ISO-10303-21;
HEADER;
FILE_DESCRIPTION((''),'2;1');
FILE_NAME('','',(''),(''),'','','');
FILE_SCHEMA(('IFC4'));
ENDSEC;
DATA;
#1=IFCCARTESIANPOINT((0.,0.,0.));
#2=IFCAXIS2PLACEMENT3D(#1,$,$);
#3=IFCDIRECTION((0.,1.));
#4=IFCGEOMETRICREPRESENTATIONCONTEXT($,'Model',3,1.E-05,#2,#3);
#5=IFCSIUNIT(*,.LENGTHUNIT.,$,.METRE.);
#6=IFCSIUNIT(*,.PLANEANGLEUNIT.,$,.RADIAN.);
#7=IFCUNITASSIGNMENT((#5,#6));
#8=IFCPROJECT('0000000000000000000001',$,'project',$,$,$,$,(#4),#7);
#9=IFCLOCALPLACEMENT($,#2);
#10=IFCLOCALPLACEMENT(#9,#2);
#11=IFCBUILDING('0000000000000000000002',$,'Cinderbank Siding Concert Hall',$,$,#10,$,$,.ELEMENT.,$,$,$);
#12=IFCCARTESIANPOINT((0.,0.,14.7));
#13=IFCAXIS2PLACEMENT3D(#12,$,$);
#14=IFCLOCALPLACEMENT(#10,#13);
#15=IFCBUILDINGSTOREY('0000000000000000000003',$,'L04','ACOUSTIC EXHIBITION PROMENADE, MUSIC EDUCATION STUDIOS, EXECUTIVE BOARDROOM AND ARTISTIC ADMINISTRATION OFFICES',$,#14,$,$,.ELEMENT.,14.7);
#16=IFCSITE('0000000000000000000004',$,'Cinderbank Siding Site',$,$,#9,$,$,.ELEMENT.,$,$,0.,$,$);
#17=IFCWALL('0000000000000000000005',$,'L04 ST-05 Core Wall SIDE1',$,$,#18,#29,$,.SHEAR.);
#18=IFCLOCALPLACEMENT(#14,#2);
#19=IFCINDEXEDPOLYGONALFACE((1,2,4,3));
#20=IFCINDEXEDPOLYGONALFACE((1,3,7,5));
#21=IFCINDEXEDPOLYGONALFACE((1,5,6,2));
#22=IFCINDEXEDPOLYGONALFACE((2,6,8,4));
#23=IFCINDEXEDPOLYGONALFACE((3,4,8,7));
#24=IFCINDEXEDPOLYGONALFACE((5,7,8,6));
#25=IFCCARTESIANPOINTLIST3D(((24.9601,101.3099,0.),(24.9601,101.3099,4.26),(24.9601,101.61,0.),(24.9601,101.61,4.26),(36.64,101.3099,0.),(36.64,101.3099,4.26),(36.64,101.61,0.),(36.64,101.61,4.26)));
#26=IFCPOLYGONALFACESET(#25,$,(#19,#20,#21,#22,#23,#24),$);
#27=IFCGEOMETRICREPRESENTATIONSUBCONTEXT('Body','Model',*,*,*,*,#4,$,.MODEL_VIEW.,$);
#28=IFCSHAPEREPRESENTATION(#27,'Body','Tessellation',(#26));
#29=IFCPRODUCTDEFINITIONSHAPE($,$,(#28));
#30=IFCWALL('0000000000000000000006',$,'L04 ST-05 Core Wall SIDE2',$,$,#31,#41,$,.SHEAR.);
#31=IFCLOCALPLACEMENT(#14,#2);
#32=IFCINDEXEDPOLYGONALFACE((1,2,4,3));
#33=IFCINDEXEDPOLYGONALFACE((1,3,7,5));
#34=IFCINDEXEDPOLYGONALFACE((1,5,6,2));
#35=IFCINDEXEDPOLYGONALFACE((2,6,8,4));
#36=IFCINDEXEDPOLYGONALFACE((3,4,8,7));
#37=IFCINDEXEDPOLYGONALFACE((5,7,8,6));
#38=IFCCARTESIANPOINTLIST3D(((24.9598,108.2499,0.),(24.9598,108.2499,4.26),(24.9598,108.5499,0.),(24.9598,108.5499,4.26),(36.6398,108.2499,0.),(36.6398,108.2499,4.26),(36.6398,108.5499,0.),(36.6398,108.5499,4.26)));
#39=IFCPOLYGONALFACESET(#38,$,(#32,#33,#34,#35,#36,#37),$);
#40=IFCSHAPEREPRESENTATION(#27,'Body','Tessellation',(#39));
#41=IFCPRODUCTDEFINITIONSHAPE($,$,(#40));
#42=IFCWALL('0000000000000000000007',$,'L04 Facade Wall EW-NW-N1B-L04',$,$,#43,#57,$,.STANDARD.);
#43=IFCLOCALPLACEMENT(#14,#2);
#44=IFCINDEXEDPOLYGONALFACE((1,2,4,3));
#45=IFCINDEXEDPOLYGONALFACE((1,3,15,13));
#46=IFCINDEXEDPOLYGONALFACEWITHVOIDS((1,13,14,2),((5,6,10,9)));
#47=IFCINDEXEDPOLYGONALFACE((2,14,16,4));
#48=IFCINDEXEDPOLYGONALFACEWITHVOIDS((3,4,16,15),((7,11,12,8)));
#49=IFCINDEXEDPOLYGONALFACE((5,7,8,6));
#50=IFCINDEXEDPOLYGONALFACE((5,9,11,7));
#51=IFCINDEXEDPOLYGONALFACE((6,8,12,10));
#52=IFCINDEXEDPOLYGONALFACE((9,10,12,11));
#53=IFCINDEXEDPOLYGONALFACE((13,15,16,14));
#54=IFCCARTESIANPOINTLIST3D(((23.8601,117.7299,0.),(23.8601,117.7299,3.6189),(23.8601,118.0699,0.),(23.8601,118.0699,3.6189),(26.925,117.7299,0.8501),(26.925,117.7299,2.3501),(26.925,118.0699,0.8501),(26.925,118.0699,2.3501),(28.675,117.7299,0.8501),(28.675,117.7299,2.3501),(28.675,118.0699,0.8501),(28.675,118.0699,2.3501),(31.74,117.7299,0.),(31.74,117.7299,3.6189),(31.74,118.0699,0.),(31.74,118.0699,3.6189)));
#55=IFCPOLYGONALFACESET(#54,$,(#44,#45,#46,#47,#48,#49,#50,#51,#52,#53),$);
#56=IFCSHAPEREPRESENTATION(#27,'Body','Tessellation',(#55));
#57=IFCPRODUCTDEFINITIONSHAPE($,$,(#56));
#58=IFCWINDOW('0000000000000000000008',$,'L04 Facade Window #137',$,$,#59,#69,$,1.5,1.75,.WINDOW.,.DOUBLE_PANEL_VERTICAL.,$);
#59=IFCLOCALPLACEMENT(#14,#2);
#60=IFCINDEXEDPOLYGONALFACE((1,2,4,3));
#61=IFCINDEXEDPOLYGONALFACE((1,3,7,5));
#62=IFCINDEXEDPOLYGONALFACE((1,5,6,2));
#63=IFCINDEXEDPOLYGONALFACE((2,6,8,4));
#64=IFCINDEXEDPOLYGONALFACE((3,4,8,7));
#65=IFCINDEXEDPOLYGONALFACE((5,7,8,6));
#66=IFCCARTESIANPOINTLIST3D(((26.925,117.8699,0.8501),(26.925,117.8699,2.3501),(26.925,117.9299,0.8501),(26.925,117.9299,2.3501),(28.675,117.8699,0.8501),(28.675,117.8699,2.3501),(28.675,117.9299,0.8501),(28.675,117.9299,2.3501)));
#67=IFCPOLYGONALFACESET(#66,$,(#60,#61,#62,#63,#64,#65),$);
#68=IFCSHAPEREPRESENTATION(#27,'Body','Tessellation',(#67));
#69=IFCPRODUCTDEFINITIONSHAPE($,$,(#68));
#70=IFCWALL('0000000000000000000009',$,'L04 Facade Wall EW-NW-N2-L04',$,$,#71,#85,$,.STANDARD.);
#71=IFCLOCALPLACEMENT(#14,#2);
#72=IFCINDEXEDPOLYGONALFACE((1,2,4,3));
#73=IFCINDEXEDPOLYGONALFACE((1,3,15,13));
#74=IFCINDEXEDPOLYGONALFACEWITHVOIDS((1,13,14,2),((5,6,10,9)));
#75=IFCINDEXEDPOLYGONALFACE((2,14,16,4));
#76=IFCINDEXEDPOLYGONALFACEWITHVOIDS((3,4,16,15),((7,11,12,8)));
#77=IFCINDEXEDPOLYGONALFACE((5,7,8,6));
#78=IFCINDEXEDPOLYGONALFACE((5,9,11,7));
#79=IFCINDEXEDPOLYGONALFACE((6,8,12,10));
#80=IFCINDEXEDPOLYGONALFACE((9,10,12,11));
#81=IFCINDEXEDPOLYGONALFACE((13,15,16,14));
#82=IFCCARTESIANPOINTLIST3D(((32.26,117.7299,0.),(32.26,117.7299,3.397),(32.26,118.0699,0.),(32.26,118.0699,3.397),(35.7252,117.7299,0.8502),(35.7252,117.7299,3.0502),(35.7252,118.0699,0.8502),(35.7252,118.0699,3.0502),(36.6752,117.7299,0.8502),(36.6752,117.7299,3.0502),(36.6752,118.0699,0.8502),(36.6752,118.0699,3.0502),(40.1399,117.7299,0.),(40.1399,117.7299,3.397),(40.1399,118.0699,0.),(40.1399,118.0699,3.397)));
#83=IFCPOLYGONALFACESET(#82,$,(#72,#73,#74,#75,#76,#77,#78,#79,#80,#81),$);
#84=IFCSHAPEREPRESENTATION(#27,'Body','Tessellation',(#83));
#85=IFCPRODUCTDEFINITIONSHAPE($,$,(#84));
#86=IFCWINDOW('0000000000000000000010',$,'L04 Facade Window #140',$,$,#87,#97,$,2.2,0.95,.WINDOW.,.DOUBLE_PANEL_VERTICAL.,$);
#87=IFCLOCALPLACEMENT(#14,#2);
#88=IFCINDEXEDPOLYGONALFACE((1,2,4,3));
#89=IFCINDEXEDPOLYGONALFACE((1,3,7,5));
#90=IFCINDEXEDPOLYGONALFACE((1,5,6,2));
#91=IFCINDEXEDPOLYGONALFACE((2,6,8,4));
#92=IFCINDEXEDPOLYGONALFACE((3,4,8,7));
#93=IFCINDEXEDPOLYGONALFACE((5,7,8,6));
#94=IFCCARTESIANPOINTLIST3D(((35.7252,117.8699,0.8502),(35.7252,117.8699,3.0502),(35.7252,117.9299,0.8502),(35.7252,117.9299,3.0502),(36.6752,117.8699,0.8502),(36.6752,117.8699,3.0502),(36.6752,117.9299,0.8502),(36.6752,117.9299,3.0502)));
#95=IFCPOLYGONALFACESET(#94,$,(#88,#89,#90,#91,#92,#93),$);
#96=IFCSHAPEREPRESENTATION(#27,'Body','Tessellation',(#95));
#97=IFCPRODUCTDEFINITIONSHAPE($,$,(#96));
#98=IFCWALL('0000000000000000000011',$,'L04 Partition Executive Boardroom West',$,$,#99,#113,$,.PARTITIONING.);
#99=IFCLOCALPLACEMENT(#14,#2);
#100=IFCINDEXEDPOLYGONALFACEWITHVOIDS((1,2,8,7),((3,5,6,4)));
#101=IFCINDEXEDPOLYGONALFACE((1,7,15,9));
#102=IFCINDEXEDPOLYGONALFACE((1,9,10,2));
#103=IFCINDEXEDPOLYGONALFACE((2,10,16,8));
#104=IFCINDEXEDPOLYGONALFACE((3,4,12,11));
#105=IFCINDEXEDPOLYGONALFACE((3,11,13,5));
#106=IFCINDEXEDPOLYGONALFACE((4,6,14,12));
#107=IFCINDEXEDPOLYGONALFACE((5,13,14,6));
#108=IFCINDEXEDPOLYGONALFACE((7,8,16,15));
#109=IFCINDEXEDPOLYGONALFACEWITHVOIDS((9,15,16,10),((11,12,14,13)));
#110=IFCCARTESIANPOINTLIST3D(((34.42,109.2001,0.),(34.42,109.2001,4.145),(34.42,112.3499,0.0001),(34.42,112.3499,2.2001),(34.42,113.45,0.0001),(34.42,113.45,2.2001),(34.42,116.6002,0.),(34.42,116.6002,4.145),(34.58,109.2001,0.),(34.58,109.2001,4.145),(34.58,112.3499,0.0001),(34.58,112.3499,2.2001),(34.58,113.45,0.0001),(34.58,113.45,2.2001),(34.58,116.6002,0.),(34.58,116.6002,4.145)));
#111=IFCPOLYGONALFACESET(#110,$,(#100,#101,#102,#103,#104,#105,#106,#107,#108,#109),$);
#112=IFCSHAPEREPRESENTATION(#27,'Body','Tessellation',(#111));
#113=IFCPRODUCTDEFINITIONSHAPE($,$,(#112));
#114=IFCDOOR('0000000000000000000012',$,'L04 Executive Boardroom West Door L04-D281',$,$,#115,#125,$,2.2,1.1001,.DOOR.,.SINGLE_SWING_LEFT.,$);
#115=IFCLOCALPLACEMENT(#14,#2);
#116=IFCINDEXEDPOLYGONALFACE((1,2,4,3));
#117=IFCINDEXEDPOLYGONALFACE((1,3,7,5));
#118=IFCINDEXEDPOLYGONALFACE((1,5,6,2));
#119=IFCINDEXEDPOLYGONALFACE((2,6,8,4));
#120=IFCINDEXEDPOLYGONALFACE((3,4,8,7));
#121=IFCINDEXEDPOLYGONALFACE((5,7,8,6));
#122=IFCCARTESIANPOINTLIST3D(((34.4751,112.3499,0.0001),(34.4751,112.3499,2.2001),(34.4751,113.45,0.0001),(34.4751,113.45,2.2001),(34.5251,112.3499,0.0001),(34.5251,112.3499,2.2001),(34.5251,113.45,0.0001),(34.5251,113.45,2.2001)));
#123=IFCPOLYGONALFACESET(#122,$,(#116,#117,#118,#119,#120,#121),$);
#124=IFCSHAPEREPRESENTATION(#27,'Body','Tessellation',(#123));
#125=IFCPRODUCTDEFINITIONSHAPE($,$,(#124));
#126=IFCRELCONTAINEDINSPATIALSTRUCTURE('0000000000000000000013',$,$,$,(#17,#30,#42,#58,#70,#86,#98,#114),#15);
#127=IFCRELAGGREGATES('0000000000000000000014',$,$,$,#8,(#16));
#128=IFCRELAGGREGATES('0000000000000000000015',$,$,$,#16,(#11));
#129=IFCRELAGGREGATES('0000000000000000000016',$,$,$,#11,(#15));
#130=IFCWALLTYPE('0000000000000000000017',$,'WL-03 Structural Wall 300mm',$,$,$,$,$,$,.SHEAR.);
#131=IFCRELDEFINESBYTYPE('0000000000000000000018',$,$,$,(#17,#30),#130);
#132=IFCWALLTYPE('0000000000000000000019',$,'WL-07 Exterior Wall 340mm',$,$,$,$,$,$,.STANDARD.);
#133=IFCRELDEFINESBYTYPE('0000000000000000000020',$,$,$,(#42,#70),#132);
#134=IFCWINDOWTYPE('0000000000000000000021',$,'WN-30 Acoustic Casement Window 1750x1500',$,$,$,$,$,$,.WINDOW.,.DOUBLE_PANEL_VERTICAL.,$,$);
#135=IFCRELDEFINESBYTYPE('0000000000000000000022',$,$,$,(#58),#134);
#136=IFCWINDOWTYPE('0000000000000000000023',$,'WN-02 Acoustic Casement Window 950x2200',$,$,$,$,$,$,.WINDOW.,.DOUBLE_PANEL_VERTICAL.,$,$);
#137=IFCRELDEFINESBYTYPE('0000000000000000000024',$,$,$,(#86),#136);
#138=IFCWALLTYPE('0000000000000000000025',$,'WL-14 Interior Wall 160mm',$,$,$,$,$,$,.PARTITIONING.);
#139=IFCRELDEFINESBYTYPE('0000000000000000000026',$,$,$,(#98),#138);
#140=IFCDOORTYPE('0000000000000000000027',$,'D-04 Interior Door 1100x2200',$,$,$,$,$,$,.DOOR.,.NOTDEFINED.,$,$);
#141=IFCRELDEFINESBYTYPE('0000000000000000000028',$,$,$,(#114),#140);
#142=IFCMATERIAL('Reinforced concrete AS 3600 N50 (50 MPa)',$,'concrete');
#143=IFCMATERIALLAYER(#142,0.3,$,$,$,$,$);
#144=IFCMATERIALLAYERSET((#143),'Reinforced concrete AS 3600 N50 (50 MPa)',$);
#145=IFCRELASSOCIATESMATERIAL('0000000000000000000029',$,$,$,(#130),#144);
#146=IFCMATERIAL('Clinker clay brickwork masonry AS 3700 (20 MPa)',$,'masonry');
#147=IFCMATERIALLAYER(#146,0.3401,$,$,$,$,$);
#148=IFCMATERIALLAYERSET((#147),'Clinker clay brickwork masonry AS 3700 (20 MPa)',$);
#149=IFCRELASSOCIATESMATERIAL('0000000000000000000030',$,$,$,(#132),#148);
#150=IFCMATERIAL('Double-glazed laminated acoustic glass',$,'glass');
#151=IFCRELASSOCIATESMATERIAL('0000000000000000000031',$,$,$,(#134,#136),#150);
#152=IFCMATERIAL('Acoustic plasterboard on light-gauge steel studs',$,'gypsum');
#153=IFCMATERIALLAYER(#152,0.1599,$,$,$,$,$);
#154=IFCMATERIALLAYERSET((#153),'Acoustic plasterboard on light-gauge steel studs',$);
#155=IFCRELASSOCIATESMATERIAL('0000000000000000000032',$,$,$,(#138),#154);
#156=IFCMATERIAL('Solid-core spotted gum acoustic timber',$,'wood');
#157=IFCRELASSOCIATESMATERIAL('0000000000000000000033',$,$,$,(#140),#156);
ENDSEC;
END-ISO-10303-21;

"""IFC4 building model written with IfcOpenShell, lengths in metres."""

from ifc_helpers import new_model, si_unit, direction, frame, frame_2d, origin, place, context, subcontext, project, spatial, rectangle, extrude, material, layer, layer_set, type_object, element, fill, save


model = new_model("IFC4")

# Units and contexts
model_context = context("Model", 3, precision=1e-05, world=origin(), true_north=direction((0.0, 1.0)))
body_context = subcontext(model_context, "Body", "Model", "MODEL_VIEW")
ifc_project = project(units=[si_unit("LENGTHUNIT", "METRE"), si_unit("PLANEANGLEUNIT", "RADIAN")], contexts=[model_context])

# Site, building, storey
site_placement = place(None, origin())
site = spatial("IfcSite", under=ifc_project, at=site_placement, Name="Cinderbank Siding Site", CompositionType="ELEMENT", RefElevation=0.0)
building_placement = place(site_placement, origin())
building = spatial("IfcBuilding", under=site, at=building_placement, Name="Cinderbank Siding Concert Hall", CompositionType="ELEMENT")
storey_placement = place(building_placement, frame((0.0, 0.0, 14.7)))
storey = spatial("IfcBuildingStorey", under=building, at=storey_placement, Name="L04", Description="ACOUSTIC EXHIBITION PROMENADE, MUSIC EDUCATION STUDIOS, EXECUTIVE BOARDROOM AND ARTISTIC ADMINISTRATION OFFICES", CompositionType="ELEMENT", Elevation=14.7)

# Shared definitions
ifc_material_1 = material(Name="Reinforced concrete AS 3600 N50 (50 MPa)", Category="concrete")

# Walls
ifc_layer_1 = layer(ifc_material_1, 0.3)
ifc_layer_set_1 = layer_set([ifc_layer_1], Name="Reinforced concrete AS 3600 N50 (50 MPa)")
wall_type_1 = type_object("IfcWallType", Name="WL-03 Structural Wall 300mm", PredefinedType="SHEAR", material=ifc_layer_set_1)
for number, where, z_axis, x_axis, name in (
    (1, (36.6399, 101.46, 0.0), (0.0, 0.0, 1.0), (-1.0, 0.0, 0.0), "L04 ST-05 Core Wall SIDE1"),
    (2, (24.96, 108.3999, 0.0), (0.0, 0.0, 1.0), (1.0, 0.0, 0.0), "L04 ST-05 Core Wall SIDE2"),
):
    element("IfcWall", number, at=place(storey_placement, frame(where, z_axis=z_axis, x_axis=x_axis)), inside=storey, type_object=wall_type_1, Name=name, PredefinedType="SHEAR", context=body_context, shape_type="SweptSolid", body=[
        extrude(rectangle(XDim=11.6799, YDim=0.3, at=frame_2d((5.8398, 0.0))), origin(), (0.0, 0.0, 1.0), 4.26),
    ])

# Walls, openings, windows
ifc_material_2 = material(Name="Clinker clay brickwork masonry AS 3700 (20 MPa)", Category="masonry")
ifc_layer_2 = layer(ifc_material_2, 0.3401)
ifc_layer_set_2 = layer_set([ifc_layer_2], Name="Clinker clay brickwork masonry AS 3700 (20 MPa)")
wall_type_2 = type_object("IfcWallType", Name="WL-07 Exterior Wall 340mm", PredefinedType="STANDARD", material=ifc_layer_set_2)
wall_1_placement = place(storey_placement, frame((23.8601, 117.8999, 0.0), z_axis=(0.0, 0.0, 1.0), x_axis=(1.0, 0.0, 0.0)))
wall_1 = element("IfcWall", 3, at=wall_1_placement, inside=storey, type_object=wall_type_2, Name="L04 Facade Wall EW-NW-N1B-L04", PredefinedType="STANDARD", context=body_context, shape_type="SweptSolid", body=[
    extrude(rectangle(XDim=7.8799, YDim=0.3401, at=frame_2d((3.9399, 0.0))), origin(), (0.0, 0.0, 1.0), 3.6189),
])
opening_1_placement = place(wall_1_placement, frame((3.0649, 0.0, 0.8501)))
opening_1 = element("IfcOpeningElement", 4, at=opening_1_placement, cuts=wall_1, PredefinedType="OPENING", context=body_context, shape_type="SweptSolid", body=[
    extrude(rectangle(XDim=1.75, YDim=1.5, at=frame_2d((0.875, 0.75))), frame((0.0, 0.1821, 0.0), z_axis=(0.0, -1.0, 0.0), x_axis=(1.0, 0.0, 0.0)), (0.0, 0.0, 1.0), 0.364),
])
ifc_material_3 = material(Name="Double-glazed laminated acoustic glass", Category="glass")
window_type_1 = type_object("IfcWindowType", Name="WN-30 Acoustic Casement Window 1750x1500", PartitioningType="DOUBLE_PANEL_VERTICAL", PredefinedType="WINDOW", material=ifc_material_3)
window_1_placement = place(opening_1_placement, origin())
window_1 = element("IfcWindow", 5, at=window_1_placement, inside=storey, type_object=window_type_1, Name="L04 Facade Window #137", OverallHeight=1.5, OverallWidth=1.75, PartitioningType="DOUBLE_PANEL_VERTICAL", PredefinedType="WINDOW", context=body_context, shape_type="SweptSolid", body=[
    extrude(rectangle(XDim=1.75, YDim=1.5, at=frame_2d((0.875, 0.75))), frame((0.0, 0.03, 0.0), z_axis=(0.0, -1.0, 0.0), x_axis=(1.0, 0.0, 0.0)), (0.0, 0.0, 1.0), 0.0601),
])
fill(opening_1, window_1)
wall_2_placement = place(storey_placement, frame((32.26, 117.8999, 0.0), z_axis=(0.0, 0.0, 1.0), x_axis=(1.0, 0.0, 0.0)))
wall_2 = element("IfcWall", 6, at=wall_2_placement, inside=storey, type_object=wall_type_2, Name="L04 Facade Wall EW-NW-N2-L04", PredefinedType="STANDARD", context=body_context, shape_type="SweptSolid", body=[
    extrude(rectangle(XDim=7.8799, YDim=0.3401, at=frame_2d((3.9399, 0.0))), origin(), (0.0, 0.0, 1.0), 3.397),
])
opening_2_placement = place(wall_2_placement, frame((3.4651, 0.0, 0.8501)))
opening_2 = element("IfcOpeningElement", 7, at=opening_2_placement, cuts=wall_2, PredefinedType="OPENING", context=body_context, shape_type="SweptSolid", body=[
    extrude(rectangle(XDim=0.95, YDim=2.2, at=frame_2d((0.4751, 1.1001))), frame((0.0, 0.1821, 0.0), z_axis=(0.0, -1.0, 0.0), x_axis=(1.0, 0.0, 0.0)), (0.0, 0.0, 1.0), 0.364),
])
window_type_2 = type_object("IfcWindowType", Name="WN-02 Acoustic Casement Window 950x2200", PartitioningType="DOUBLE_PANEL_VERTICAL", PredefinedType="WINDOW", material=ifc_material_3)
window_2_placement = place(opening_2_placement, origin())
window_2 = element("IfcWindow", 8, at=window_2_placement, inside=storey, type_object=window_type_2, Name="L04 Facade Window #140", OverallHeight=2.2, OverallWidth=0.95, PartitioningType="DOUBLE_PANEL_VERTICAL", PredefinedType="WINDOW", context=body_context, shape_type="SweptSolid", body=[
    extrude(rectangle(XDim=0.95, YDim=2.2, at=frame_2d((0.4751, 1.1001))), frame((0.0, 0.03, 0.0), z_axis=(0.0, -1.0, 0.0), x_axis=(1.0, 0.0, 0.0)), (0.0, 0.0, 1.0), 0.0601),
])
fill(opening_2, window_2)

# Wall, opening, door
ifc_material_4 = material(Name="Acoustic plasterboard on light-gauge steel studs", Category="gypsum")
ifc_layer_3 = layer(ifc_material_4, 0.1599)
ifc_layer_set_3 = layer_set([ifc_layer_3], Name="Acoustic plasterboard on light-gauge steel studs")
wall_type_3 = type_object("IfcWallType", Name="WL-14 Interior Wall 160mm", PredefinedType="PARTITIONING", material=ifc_layer_set_3)
wall_3_placement = place(storey_placement, frame((34.5, 109.2, 0.0), z_axis=(0.0, 0.0, 1.0), x_axis=(0.0, 1.0, 0.0)))
wall_3 = element("IfcWall", 9, at=wall_3_placement, inside=storey, type_object=wall_type_3, Name="L04 Partition Executive Boardroom West", PredefinedType="PARTITIONING", context=body_context, shape_type="SweptSolid", body=[
    extrude(rectangle(XDim=7.4001, YDim=0.1599, at=frame_2d((3.7002, 0.0))), origin(), (0.0, 0.0, 1.0), 4.145),
])
opening_3_placement = place(wall_3_placement, frame((3.1499, 0.0, 0.0)))
opening_3 = element("IfcOpeningElement", 10, at=opening_3_placement, cuts=wall_3, PredefinedType="OPENING", context=body_context, shape_type="SweptSolid", body=[
    extrude(rectangle(XDim=1.1001, YDim=2.2, at=frame_2d((0.55, 1.1001))), frame((0.0, 0.0918, 0.0), z_axis=(0.0, -1.0, 0.0), x_axis=(1.0, 0.0, 0.0)), (0.0, 0.0, 1.0), 0.1838),
])
ifc_material_5 = material(Name="Solid-core spotted gum acoustic timber", Category="wood")
door_type = type_object("IfcDoorType", Name="D-04 Interior Door 1100x2200", OperationType="NOTDEFINED", PredefinedType="DOOR", material=ifc_material_5)
door_placement = place(opening_3_placement, origin())
door = element("IfcDoor", 11, at=door_placement, inside=storey, type_object=door_type, Name="L04 Executive Boardroom West Door L04-D281", OperationType="SINGLE_SWING_LEFT", OverallHeight=2.2, OverallWidth=1.1001, PredefinedType="DOOR", context=body_context, shape_type="SweptSolid", body=[
    extrude(rectangle(XDim=1.1001, YDim=2.2, at=frame_2d((0.55, 1.1001))), frame((0.0, 0.0249, 0.0), z_axis=(0.0, -1.0, 0.0), x_axis=(1.0, 0.0, 0.0)), (0.0, 0.0, 1.0), 0.05),
])
fill(opening_3, door)

save(model, "model.ifc")
